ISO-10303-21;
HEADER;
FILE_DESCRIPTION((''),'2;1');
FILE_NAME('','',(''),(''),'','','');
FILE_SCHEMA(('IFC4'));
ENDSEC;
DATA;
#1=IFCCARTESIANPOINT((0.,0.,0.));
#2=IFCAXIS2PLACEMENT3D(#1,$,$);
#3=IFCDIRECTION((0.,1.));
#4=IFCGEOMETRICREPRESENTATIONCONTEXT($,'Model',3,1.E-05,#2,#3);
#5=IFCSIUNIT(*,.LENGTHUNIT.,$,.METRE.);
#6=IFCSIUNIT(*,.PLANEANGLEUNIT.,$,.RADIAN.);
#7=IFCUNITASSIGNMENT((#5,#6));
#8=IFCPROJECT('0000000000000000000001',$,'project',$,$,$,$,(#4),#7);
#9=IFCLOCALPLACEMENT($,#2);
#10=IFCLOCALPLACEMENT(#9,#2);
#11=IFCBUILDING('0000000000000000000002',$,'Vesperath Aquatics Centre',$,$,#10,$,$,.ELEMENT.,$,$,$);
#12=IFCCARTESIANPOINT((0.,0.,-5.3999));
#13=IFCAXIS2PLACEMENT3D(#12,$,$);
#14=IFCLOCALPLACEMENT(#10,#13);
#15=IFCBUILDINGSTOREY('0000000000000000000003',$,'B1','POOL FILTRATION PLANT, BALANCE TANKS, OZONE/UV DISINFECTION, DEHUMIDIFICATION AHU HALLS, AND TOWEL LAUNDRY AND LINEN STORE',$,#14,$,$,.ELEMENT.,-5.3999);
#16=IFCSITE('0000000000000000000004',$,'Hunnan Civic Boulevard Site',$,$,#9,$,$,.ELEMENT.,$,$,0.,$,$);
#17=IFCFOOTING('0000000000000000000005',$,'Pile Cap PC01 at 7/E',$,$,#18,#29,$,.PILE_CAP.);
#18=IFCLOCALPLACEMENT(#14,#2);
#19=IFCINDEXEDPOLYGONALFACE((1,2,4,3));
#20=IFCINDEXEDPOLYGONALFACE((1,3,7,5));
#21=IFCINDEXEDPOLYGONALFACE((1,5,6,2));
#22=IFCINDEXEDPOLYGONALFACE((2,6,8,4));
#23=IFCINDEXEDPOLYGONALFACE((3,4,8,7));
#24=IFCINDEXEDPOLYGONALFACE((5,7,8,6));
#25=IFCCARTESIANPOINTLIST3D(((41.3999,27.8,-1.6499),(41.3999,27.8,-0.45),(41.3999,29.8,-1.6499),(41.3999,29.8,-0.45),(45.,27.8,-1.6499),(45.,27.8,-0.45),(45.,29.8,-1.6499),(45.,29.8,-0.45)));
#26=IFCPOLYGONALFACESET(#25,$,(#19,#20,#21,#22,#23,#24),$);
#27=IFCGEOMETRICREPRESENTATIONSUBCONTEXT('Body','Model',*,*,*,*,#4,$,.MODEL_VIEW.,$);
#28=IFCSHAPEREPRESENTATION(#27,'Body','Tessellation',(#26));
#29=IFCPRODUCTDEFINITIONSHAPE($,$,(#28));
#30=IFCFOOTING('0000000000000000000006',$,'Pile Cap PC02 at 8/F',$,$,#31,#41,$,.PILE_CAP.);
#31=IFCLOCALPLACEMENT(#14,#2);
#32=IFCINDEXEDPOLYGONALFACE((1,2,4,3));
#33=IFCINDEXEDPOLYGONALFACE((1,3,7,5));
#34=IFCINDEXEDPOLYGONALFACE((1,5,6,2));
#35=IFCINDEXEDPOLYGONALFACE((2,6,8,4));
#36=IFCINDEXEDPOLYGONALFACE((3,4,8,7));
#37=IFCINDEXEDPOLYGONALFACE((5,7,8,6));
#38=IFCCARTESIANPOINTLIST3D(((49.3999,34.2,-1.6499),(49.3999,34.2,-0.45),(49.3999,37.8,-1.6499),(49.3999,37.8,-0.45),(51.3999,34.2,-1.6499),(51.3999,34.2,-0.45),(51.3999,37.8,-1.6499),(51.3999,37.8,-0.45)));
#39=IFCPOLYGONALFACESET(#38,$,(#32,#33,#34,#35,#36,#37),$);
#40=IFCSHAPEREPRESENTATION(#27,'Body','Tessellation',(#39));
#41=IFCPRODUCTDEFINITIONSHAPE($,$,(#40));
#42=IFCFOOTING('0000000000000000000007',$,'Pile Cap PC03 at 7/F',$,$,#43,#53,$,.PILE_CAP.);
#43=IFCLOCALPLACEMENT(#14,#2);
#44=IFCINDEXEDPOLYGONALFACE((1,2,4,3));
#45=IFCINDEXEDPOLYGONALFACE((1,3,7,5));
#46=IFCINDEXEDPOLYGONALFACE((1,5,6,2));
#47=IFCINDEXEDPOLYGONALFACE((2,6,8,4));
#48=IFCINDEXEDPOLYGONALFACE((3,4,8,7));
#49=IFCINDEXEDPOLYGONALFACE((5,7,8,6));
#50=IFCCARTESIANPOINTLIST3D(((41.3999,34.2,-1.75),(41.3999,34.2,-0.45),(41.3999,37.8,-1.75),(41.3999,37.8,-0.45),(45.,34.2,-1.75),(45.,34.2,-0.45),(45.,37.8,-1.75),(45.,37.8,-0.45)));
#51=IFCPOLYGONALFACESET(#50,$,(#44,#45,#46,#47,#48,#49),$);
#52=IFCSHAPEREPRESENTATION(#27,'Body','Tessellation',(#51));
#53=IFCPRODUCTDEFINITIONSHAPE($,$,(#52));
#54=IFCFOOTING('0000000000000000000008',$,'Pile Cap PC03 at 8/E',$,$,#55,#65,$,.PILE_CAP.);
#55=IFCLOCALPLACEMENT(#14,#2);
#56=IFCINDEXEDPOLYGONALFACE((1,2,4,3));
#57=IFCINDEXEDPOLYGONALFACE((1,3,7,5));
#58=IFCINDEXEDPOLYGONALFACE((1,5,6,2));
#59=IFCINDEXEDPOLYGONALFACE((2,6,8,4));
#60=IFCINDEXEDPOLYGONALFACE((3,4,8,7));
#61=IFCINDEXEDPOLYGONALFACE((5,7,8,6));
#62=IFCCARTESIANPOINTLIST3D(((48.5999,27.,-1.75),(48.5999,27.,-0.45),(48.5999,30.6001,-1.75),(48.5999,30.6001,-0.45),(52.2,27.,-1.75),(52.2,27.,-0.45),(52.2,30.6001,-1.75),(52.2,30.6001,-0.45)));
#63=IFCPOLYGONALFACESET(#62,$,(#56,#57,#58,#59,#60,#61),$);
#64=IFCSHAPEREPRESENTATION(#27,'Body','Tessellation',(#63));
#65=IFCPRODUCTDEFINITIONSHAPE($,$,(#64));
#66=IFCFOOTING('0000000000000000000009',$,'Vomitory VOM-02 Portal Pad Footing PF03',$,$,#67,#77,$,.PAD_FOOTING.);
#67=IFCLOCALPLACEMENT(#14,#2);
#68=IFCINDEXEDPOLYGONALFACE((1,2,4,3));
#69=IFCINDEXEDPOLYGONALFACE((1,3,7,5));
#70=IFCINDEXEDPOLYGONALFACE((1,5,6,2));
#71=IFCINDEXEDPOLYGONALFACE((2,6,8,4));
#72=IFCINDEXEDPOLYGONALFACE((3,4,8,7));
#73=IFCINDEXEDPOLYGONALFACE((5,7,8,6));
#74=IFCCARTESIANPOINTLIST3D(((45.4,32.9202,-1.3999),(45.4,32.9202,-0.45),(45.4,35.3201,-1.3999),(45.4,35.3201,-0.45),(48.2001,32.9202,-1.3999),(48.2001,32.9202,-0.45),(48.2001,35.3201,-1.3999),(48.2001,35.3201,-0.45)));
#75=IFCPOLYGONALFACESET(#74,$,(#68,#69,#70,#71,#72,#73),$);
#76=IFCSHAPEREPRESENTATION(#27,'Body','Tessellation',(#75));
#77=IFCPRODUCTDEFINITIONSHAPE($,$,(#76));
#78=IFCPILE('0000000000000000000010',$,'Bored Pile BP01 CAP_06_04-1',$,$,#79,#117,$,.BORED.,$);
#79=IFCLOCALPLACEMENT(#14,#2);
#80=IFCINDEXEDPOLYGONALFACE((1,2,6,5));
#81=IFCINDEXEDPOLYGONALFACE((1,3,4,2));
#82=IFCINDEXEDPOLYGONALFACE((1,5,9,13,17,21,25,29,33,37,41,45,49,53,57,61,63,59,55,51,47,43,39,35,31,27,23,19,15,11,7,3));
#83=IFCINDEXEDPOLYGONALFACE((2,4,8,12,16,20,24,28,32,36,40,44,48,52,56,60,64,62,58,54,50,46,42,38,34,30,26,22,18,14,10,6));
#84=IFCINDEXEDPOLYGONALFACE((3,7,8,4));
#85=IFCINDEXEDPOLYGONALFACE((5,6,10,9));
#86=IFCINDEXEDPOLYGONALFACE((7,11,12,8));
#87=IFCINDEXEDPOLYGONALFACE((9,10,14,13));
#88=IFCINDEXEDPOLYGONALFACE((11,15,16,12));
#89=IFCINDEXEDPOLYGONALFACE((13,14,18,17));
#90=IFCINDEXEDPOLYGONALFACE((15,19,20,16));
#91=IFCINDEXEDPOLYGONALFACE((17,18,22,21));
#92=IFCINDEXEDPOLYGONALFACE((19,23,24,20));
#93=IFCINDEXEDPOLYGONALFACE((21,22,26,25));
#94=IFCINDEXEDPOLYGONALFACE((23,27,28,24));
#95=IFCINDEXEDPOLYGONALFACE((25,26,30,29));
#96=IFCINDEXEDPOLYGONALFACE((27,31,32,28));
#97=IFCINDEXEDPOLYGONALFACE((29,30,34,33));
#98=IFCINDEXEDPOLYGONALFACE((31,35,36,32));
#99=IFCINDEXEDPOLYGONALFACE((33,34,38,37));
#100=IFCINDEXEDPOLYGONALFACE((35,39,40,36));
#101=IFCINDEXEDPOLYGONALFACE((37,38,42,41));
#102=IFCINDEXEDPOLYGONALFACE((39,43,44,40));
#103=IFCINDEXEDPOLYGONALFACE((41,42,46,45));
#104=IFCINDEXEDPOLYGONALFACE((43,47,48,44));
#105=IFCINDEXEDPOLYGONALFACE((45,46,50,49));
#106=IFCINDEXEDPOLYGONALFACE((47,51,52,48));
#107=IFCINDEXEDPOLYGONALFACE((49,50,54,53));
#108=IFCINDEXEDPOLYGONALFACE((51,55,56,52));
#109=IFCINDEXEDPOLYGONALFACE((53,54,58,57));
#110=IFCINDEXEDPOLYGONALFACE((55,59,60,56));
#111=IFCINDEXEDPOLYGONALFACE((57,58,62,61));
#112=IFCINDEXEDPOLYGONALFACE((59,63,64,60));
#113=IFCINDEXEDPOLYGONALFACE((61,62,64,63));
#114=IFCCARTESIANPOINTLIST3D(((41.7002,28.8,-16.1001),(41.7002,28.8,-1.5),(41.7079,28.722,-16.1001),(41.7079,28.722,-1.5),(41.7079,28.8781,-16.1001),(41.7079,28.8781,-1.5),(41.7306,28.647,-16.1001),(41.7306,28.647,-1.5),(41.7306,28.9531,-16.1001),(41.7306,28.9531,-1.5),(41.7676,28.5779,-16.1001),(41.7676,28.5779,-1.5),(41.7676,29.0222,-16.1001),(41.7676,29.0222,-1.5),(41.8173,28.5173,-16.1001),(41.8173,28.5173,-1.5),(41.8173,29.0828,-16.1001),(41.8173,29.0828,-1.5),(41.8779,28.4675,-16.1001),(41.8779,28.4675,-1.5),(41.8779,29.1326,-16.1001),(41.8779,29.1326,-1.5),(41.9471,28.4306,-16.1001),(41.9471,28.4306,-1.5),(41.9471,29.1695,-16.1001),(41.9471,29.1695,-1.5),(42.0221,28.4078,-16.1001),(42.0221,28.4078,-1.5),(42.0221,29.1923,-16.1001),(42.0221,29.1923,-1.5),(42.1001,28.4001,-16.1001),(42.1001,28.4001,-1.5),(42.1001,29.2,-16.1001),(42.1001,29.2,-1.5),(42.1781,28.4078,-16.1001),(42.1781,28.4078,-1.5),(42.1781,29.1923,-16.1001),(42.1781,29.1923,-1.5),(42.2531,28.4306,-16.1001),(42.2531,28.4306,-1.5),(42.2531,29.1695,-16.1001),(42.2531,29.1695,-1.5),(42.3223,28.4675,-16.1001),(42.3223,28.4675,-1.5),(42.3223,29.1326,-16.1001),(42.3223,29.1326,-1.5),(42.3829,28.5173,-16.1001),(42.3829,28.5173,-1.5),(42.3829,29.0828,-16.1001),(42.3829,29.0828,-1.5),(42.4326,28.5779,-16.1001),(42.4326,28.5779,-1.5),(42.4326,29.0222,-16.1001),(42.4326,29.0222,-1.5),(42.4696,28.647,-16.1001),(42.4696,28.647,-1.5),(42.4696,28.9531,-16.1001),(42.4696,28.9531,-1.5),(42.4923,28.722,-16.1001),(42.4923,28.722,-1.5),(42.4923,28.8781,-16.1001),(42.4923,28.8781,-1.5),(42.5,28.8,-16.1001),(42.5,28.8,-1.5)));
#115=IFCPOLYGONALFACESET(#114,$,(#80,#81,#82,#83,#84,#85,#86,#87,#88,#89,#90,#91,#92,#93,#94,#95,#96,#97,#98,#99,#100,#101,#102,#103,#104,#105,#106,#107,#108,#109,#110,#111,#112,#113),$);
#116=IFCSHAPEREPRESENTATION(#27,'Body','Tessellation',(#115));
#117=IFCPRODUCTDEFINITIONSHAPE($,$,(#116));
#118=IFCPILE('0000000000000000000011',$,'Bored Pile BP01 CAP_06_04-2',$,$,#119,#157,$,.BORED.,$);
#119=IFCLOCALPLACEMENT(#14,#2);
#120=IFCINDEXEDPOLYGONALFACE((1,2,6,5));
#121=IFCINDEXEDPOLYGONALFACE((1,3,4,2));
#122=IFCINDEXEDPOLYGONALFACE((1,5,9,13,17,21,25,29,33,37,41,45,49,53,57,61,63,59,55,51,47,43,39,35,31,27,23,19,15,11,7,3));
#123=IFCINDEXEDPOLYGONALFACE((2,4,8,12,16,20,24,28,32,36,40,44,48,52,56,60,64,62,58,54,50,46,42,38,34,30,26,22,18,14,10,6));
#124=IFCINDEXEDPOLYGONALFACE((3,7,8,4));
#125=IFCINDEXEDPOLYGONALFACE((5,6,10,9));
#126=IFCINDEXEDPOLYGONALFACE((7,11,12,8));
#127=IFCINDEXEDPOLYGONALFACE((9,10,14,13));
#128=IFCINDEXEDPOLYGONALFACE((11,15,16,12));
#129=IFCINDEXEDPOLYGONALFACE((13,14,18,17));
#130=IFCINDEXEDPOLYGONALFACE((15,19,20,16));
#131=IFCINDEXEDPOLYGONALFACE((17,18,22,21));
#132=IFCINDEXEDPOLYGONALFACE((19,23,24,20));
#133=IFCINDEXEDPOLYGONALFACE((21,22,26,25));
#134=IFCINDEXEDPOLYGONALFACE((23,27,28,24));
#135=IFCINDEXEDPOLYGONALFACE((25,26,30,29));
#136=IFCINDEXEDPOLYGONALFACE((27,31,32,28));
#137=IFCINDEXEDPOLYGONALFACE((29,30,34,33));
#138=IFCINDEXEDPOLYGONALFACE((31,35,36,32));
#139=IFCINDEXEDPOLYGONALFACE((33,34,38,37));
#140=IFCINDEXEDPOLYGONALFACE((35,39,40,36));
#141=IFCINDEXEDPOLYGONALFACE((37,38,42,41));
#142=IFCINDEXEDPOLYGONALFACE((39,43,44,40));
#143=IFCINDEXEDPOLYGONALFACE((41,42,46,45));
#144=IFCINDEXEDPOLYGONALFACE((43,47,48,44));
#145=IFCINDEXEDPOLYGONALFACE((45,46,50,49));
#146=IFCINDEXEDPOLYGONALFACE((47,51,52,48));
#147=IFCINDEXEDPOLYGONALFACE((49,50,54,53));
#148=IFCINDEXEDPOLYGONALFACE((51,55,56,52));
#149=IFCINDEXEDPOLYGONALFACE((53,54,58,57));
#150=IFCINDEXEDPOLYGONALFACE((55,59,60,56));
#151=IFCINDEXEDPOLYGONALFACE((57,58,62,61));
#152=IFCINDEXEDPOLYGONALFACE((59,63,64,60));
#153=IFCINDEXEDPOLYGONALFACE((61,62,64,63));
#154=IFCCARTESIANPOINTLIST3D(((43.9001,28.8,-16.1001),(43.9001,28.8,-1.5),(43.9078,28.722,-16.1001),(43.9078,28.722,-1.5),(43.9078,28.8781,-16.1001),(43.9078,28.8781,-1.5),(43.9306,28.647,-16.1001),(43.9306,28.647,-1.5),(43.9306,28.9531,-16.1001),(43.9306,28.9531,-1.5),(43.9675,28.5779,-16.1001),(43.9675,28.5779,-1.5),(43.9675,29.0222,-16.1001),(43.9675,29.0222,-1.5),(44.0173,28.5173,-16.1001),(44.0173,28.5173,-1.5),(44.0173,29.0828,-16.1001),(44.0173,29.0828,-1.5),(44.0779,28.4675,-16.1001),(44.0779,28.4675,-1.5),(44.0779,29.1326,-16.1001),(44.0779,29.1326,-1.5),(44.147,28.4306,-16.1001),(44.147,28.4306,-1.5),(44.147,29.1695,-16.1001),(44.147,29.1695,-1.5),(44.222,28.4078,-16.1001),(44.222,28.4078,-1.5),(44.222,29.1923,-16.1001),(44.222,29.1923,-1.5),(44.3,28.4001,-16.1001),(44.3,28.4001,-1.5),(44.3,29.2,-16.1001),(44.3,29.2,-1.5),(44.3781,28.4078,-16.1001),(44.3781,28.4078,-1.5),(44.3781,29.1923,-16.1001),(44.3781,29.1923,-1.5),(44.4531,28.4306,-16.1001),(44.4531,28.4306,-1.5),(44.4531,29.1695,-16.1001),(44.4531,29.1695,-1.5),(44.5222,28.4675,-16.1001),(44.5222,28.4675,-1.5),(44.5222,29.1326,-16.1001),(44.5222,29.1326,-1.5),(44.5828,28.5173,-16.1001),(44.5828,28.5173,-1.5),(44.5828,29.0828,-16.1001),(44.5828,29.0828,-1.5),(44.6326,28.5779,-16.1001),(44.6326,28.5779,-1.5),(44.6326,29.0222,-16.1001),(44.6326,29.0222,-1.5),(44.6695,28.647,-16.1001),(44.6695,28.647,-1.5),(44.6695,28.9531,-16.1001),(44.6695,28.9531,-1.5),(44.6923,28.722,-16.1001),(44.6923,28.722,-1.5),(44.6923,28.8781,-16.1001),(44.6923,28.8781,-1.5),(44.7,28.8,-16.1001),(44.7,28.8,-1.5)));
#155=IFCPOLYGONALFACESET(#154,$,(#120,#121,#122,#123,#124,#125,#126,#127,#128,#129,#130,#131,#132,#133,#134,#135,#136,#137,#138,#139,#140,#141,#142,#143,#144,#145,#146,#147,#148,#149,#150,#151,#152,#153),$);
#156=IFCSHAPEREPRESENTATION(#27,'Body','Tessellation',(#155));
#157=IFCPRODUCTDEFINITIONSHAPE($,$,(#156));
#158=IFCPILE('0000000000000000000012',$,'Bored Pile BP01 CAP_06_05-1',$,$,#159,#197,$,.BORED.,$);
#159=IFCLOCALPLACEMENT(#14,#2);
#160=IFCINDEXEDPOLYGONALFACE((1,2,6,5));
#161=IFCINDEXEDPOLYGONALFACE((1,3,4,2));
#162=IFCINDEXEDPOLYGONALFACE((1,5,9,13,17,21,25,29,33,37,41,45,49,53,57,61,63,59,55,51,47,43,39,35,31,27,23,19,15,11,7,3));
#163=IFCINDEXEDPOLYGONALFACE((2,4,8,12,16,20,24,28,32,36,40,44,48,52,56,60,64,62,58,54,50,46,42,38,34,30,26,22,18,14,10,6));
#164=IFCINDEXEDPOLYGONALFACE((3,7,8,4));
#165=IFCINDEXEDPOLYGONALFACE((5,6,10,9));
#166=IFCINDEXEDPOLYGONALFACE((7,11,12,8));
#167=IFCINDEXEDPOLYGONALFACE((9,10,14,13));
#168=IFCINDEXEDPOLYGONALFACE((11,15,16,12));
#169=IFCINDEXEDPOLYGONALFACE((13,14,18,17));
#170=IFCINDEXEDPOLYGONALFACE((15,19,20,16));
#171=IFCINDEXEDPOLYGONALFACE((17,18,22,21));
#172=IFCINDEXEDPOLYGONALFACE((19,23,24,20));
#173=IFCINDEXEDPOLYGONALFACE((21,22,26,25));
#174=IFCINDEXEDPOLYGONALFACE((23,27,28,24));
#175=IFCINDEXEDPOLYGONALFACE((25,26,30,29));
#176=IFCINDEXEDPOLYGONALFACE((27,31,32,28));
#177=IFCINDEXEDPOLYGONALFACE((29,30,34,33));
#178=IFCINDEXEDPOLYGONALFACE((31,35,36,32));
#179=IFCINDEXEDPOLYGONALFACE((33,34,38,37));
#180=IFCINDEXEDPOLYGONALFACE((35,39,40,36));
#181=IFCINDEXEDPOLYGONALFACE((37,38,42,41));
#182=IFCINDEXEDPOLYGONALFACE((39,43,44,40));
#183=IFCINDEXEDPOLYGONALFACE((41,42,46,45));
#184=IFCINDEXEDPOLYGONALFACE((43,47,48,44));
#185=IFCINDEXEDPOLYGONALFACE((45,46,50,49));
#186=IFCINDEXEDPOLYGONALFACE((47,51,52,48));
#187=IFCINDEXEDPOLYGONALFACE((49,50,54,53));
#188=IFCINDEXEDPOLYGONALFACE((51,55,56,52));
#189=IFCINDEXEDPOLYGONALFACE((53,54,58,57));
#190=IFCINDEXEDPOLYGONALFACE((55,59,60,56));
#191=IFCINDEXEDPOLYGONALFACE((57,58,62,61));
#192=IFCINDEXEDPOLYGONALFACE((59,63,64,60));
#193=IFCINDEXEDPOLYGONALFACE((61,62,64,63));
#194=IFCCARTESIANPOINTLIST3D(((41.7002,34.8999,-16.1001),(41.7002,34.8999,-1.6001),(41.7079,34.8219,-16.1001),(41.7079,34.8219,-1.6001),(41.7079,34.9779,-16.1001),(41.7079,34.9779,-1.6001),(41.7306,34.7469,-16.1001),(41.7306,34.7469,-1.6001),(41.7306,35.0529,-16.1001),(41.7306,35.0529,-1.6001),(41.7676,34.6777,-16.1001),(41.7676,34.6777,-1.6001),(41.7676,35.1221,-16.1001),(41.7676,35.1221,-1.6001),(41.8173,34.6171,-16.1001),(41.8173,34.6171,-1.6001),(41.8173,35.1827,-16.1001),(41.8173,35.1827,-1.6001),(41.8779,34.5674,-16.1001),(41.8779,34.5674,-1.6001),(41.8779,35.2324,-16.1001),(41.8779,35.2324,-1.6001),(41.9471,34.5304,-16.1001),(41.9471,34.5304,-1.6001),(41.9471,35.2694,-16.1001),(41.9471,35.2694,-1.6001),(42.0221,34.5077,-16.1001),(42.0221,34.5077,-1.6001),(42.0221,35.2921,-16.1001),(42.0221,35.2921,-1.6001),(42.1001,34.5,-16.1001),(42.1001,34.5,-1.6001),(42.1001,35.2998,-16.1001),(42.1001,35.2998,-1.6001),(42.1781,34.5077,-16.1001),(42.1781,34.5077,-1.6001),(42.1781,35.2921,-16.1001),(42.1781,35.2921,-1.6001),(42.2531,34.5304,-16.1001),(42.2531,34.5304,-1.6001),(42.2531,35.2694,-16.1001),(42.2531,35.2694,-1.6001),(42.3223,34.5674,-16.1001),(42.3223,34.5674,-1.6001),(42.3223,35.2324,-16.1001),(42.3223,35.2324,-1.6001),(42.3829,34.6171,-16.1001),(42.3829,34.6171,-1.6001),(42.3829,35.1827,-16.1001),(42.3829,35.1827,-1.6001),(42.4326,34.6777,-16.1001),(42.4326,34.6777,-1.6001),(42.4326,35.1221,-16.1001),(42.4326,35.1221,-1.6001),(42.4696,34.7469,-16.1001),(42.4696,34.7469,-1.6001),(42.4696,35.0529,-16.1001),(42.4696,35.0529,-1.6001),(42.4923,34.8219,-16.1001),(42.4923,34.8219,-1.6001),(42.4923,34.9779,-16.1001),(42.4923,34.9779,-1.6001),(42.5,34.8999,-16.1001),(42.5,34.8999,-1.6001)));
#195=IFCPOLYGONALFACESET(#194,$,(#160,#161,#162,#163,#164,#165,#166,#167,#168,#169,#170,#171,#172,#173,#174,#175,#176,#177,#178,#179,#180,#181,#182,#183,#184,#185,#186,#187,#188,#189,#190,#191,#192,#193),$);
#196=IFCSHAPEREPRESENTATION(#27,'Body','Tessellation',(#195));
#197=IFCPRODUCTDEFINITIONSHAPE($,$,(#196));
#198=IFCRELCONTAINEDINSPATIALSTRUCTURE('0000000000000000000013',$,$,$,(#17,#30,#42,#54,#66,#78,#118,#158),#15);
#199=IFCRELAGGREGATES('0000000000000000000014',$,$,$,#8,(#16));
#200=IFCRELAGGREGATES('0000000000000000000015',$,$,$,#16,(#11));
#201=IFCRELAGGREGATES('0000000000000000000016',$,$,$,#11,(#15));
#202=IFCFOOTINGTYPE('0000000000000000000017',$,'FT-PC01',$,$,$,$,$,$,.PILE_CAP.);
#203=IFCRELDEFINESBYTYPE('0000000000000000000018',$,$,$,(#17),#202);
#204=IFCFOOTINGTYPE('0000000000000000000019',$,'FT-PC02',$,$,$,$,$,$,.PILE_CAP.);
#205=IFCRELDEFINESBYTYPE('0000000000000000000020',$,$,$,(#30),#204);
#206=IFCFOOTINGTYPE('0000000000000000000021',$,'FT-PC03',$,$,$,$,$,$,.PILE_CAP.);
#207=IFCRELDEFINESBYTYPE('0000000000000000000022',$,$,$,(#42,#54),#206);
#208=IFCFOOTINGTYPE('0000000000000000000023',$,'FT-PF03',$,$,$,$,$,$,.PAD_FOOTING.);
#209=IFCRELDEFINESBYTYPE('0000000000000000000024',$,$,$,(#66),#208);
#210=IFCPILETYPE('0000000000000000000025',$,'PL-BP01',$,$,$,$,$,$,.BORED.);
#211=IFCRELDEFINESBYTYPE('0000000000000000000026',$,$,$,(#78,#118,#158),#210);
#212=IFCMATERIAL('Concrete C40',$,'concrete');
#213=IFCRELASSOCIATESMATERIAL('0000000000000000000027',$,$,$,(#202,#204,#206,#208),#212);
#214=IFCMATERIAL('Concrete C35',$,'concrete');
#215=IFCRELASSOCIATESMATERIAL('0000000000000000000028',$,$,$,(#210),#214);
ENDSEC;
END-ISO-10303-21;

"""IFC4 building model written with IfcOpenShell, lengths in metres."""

from ifc_helpers import new_model, si_unit, direction, frame, origin, origin_2d, place, context, subcontext, project, spatial, rectangle, circle, extrude, material, material_profile, profile_set, type_object, element, save


model = new_model("IFC4")

# Units and contexts
model_context = context("Model", 3, precision=1e-05, world=origin(), true_north=direction((0.0, 1.0)))
body_context = subcontext(model_context, "Body", "Model", "MODEL_VIEW")
ifc_project = project(units=[si_unit("LENGTHUNIT", "METRE"), si_unit("PLANEANGLEUNIT", "RADIAN")], contexts=[model_context])

# Site, building, storey
site_placement = place(None, origin())
site = spatial("IfcSite", under=ifc_project, at=site_placement, Name="Hunnan Civic Boulevard Site", CompositionType="ELEMENT", RefElevation=0.0)
building_placement = place(site_placement, origin())
building = spatial("IfcBuilding", under=site, at=building_placement, Name="Vesperath Aquatics Centre", CompositionType="ELEMENT")
storey_placement = place(building_placement, frame((0.0, 0.0, -5.3999)))
storey = spatial("IfcBuildingStorey", under=building, at=storey_placement, Name="B1", Description="POOL FILTRATION PLANT, BALANCE TANKS, OZONE/UV DISINFECTION, DEHUMIDIFICATION AHU HALLS, AND TOWEL LAUNDRY AND LINEN STORE", CompositionType="ELEMENT", Elevation=-5.3999)

# Footings
ifc_material_1 = material(Name="Concrete C40", Category="concrete")
footing_type_1 = type_object("IfcFootingType", Name="FT-PC01", PredefinedType="PILE_CAP", material=ifc_material_1)
footing_1_placement = place(storey_placement, frame((43.2, 28.8, -1.6499), z_axis=(0.0, 0.0, 1.0), x_axis=(1.0, 0.0, 0.0)))
element("IfcFooting", 1, at=footing_1_placement, inside=storey, type_object=footing_type_1, Name="Pile Cap PC01 at 7/E", PredefinedType="PILE_CAP", context=body_context, shape_type="SweptSolid", body=[
    extrude(rectangle(XDim=3.6001, YDim=2.0, at=origin_2d()), origin(), (0.0, 0.0, 1.0), 1.2),
])
footing_type_2 = type_object("IfcFootingType", Name="FT-PC02", PredefinedType="PILE_CAP", material=ifc_material_1)
footing_2_placement = place(storey_placement, frame((50.3999, 36.0, -1.6499), z_axis=(0.0, 0.0, 1.0), x_axis=(1.0, 0.0, 0.0)))
element("IfcFooting", 2, at=footing_2_placement, inside=storey, type_object=footing_type_2, Name="Pile Cap PC02 at 8/F", PredefinedType="PILE_CAP", context=body_context, shape_type="SweptSolid", body=[
    extrude(rectangle(XDim=2.0, YDim=3.6001, at=origin_2d()), origin(), (0.0, 0.0, 1.0), 1.2),
])
footing_type_3 = type_object("IfcFootingType", Name="FT-PC03", PredefinedType="PILE_CAP", material=ifc_material_1)
for number, where, z_axis, x_axis, name in (
    (3, (43.2, 36.0, -1.75), (0.0, 0.0, 1.0), (1.0, 0.0, 0.0), "Pile Cap PC03 at 7/F"),
    (4, (50.3999, 28.8, -1.75), (0.0, 0.0, 1.0), (1.0, 0.0, 0.0), "Pile Cap PC03 at 8/E"),
):
    element("IfcFooting", number, at=place(storey_placement, frame(where, z_axis=z_axis, x_axis=x_axis)), inside=storey, type_object=footing_type_3, Name=name, PredefinedType="PILE_CAP", context=body_context, shape_type="SweptSolid", body=[
        extrude(rectangle(XDim=3.6001, YDim=3.6001, at=origin_2d()), origin(), (0.0, 0.0, 1.0), 1.3),
    ])
footing_type_4 = type_object("IfcFootingType", Name="FT-PF03", PredefinedType="PAD_FOOTING", material=ifc_material_1)
footing_3_placement = place(storey_placement, frame((46.8, 34.1201, -1.3999), z_axis=(0.0, 0.0, 1.0), x_axis=(1.0, 0.0, 0.0)))
element("IfcFooting", 5, at=footing_3_placement, inside=storey, type_object=footing_type_4, Name="Vomitory VOM-02 Portal Pad Footing PF03", PredefinedType="PAD_FOOTING", context=body_context, shape_type="SweptSolid", body=[
    extrude(rectangle(XDim=2.8, YDim=2.3999, at=origin_2d()), origin(), (0.0, 0.0, 1.0), 0.95),
])

# Piles
ifc_material_2 = material(Name="Concrete C35", Category="concrete")
ifc_material_profile_1 = material_profile(ifc_material_2, circle(Radius=0.3999, at=origin_2d()), Name="PILE D800")
ifc_profile_set_1 = profile_set([ifc_material_profile_1], Name="Concrete C35")
pile_type = type_object("IfcPileType", Name="PL-BP01", PredefinedType="BORED", material=ifc_profile_set_1)
for number, where, z_axis, x_axis, name in (
    (6, (42.1001, 28.8, -1.5), (0.0, 0.0, -1.0), (1.0, 0.0, 0.0), "Bored Pile BP01 CAP_06_04-1"),
    (7, (44.3, 28.8, -1.5), (0.0, 0.0, -1.0), (1.0, 0.0, 0.0), "Bored Pile BP01 CAP_06_04-2"),
):
    element("IfcPile", number, at=place(storey_placement, frame(where, z_axis=z_axis, x_axis=x_axis)), inside=storey, type_object=pile_type, Name=name, PredefinedType="BORED", context=body_context, shape_type="SweptSolid", body=[
        extrude(circle(Radius=0.3999, at=origin_2d()), origin(), (0.0, 0.0, 1.0), 14.6001),
    ])
for number, where, z_axis, x_axis, name in (
    (8, (42.1001, 34.8999, -1.6001), (0.0, 0.0, -1.0), (1.0, 0.0, 0.0), "Bored Pile BP01 CAP_06_05-1"),
):
    element("IfcPile", number, at=place(storey_placement, frame(where, z_axis=z_axis, x_axis=x_axis)), inside=storey, type_object=pile_type, Name=name, PredefinedType="BORED", context=body_context, shape_type="SweptSolid", body=[
        extrude(circle(Radius=0.3999, at=origin_2d()), origin(), (0.0, 0.0, 1.0), 14.5),
    ])

save(model, "model.ifc")
